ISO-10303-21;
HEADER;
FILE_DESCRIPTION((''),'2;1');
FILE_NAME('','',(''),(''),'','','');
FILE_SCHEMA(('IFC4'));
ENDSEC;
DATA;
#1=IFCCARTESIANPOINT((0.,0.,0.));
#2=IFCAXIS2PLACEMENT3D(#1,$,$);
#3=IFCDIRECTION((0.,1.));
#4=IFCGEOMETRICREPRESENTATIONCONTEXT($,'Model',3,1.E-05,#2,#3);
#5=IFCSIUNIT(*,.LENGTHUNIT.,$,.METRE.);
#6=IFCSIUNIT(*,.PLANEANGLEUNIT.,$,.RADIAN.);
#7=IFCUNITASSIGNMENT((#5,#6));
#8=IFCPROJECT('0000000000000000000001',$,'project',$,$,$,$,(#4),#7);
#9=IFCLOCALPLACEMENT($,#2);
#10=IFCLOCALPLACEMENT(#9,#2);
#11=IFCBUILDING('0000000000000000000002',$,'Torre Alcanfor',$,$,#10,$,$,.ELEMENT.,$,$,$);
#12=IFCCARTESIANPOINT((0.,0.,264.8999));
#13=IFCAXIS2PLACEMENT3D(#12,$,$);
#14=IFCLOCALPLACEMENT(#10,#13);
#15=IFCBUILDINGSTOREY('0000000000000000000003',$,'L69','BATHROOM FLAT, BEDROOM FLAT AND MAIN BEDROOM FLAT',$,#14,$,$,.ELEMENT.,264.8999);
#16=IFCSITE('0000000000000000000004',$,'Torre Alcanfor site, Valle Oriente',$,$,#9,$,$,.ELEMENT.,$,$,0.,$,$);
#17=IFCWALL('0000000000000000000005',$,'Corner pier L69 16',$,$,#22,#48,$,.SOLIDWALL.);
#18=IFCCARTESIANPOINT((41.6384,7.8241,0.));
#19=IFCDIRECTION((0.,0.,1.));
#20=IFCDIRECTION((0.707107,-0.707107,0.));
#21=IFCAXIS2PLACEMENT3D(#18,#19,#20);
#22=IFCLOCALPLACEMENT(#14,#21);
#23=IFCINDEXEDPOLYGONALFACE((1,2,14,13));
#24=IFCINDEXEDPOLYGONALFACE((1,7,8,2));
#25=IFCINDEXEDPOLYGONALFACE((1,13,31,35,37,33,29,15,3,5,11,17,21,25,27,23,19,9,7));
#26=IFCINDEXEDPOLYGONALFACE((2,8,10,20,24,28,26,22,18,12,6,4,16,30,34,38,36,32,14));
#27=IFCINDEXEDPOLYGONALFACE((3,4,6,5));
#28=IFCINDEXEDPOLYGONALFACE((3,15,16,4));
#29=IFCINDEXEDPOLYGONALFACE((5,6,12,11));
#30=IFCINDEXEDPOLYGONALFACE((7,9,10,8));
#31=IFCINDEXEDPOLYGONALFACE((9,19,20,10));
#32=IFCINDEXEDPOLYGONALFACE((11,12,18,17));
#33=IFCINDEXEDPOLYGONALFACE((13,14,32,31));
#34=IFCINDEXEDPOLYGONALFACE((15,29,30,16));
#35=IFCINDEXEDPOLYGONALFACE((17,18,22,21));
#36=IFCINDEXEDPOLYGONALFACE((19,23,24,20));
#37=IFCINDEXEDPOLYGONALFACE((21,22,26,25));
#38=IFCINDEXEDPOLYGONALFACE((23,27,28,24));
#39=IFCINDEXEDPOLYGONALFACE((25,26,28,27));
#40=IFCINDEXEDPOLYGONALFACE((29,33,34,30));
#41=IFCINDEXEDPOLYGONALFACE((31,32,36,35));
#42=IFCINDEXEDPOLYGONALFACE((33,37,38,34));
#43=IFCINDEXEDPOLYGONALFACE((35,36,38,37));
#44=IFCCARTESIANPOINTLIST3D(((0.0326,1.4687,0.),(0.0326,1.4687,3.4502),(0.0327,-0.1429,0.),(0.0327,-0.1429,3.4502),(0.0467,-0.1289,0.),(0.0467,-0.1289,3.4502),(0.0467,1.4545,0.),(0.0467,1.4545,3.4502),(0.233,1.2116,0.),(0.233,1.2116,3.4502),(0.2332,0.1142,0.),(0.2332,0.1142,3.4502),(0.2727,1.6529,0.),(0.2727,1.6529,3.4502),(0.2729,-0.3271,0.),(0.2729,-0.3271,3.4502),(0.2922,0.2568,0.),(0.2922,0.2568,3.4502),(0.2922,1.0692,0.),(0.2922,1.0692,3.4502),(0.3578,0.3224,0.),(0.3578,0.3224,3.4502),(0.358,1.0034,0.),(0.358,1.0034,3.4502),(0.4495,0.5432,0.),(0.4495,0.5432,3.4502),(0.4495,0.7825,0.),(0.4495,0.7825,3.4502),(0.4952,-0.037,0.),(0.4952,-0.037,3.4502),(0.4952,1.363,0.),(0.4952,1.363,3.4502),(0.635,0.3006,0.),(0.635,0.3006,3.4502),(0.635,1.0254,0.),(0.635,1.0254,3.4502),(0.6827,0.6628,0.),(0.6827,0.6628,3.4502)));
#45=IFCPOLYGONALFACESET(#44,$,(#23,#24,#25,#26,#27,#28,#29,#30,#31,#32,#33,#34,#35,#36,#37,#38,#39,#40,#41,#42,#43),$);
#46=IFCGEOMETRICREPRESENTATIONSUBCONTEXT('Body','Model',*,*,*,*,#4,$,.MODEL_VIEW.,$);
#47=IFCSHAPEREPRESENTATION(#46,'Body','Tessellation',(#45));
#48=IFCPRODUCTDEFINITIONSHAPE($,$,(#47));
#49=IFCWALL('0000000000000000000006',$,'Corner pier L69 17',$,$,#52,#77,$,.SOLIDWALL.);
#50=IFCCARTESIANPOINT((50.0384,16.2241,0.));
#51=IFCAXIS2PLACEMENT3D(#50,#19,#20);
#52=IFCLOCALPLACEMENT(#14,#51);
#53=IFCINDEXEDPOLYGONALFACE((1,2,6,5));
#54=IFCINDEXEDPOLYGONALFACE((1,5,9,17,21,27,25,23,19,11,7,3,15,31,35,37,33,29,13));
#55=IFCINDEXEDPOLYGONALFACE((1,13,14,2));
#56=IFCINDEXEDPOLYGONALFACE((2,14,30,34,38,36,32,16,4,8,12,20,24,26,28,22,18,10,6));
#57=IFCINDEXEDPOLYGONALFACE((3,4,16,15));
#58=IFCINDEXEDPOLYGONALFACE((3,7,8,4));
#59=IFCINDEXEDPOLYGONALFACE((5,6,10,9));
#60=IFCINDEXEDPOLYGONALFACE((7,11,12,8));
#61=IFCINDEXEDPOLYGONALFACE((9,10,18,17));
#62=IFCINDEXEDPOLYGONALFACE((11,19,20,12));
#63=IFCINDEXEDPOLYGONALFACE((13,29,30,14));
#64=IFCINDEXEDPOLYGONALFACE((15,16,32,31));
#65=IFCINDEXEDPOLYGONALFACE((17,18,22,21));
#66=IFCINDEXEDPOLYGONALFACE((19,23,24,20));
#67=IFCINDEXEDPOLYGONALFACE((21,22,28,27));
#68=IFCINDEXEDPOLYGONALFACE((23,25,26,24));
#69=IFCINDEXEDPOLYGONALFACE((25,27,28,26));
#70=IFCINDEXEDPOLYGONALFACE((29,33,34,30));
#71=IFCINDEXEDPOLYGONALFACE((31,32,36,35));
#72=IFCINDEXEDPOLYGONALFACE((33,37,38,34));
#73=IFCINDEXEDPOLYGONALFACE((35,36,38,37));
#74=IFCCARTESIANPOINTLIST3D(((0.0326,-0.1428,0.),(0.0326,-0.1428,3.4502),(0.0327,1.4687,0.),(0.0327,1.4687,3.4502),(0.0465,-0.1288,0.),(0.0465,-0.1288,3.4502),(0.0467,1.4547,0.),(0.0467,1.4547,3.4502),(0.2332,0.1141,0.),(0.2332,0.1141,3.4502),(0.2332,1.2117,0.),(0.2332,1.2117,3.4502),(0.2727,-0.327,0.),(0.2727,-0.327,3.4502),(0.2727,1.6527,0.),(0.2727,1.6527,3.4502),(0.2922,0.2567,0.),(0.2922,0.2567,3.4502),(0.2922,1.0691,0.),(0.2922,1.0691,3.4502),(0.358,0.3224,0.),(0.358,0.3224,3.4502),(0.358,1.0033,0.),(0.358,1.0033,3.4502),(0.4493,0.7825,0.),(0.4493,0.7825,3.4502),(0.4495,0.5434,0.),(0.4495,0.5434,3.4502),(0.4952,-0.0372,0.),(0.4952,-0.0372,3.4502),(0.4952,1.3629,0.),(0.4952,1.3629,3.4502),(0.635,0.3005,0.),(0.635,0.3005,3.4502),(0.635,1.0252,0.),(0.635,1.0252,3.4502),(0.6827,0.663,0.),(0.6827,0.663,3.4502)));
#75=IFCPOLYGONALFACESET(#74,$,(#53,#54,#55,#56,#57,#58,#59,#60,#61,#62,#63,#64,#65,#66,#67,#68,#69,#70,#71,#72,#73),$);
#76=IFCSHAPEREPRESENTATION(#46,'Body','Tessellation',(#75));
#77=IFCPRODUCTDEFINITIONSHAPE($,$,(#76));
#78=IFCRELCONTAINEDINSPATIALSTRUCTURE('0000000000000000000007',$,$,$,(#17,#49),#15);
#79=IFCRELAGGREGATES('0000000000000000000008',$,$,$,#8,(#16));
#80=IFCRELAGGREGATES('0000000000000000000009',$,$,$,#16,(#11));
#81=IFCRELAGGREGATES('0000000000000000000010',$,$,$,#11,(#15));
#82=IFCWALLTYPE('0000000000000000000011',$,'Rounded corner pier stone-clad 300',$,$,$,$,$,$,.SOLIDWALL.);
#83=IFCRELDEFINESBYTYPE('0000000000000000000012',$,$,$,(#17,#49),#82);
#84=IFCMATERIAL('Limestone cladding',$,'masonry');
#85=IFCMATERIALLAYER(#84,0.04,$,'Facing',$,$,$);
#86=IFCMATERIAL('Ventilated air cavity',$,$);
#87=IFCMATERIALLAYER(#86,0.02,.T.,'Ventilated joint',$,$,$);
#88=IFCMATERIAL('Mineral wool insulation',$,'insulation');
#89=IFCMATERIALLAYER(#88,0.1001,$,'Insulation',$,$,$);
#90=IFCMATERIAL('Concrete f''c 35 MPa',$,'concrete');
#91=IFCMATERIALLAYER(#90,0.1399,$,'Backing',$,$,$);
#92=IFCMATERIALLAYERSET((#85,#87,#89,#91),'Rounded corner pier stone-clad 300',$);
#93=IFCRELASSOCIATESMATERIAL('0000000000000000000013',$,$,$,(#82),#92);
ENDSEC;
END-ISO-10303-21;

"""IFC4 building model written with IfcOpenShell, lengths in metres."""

from ifc_helpers import new_model, si_unit, direction, frame, origin, place, context, subcontext, project, spatial, polyline, outline, extrude, material, layer, layer_set, type_object, element, save


model = new_model("IFC4")

# Units and contexts
model_context = context("Model", 3, precision=1e-05, world=origin(), true_north=direction((0.0, 1.0)))
body_context = subcontext(model_context, "Body", "Model", "MODEL_VIEW")
ifc_project = project(units=[si_unit("LENGTHUNIT", "METRE"), si_unit("PLANEANGLEUNIT", "RADIAN")], contexts=[model_context])

# Site, building, storey
site_placement = place(None, origin())
site = spatial("IfcSite", under=ifc_project, at=site_placement, Name="Torre Alcanfor site, Valle Oriente", CompositionType="ELEMENT", RefElevation=0.0)
building_placement = place(site_placement, origin())
building = spatial("IfcBuilding", under=site, at=building_placement, Name="Torre Alcanfor", CompositionType="ELEMENT")
storey_placement = place(building_placement, frame((0.0, 0.0, 264.8999)))
storey = spatial("IfcBuildingStorey", under=building, at=storey_placement, Name="L69", Description="BATHROOM FLAT, BEDROOM FLAT AND MAIN BEDROOM FLAT", CompositionType="ELEMENT", Elevation=264.8999)

# Shared definitions
ifc_material_1 = material(Name="Limestone cladding", Category="masonry")
ifc_material_2 = material(Name="Ventilated air cavity")
ifc_material_3 = material(Name="Mineral wool insulation", Category="insulation")
ifc_material_4 = material(Name="Concrete f'c 35 MPa", Category="concrete")

# Walls
ifc_layer_1 = layer(ifc_material_1, 0.04, Name="Facing")
ifc_layer_2 = layer(ifc_material_2, 0.02, ventilated=True, Name="Ventilated joint")
ifc_layer_3 = layer(ifc_material_3, 0.1001, Name="Insulation")
ifc_layer_4 = layer(ifc_material_4, 0.1399, Name="Backing")
ifc_layer_set_1 = layer_set([ifc_layer_1, ifc_layer_2, ifc_layer_3, ifc_layer_4], Name="Rounded corner pier stone-clad 300")
wall_type_1 = type_object("IfcWallType", Name="Rounded corner pier stone-clad 300", PredefinedType="SOLIDWALL", material=ifc_layer_set_1)
wall_1_placement = place(storey_placement, frame((41.6384, 7.8241, 0.0), z_axis=(0.0, 0.0, 1.0), x_axis=(0.707107, -0.707107, 0.0)))
element("IfcWall", 1, at=wall_1_placement, inside=storey, type_object=wall_type_1, Name="Corner pier L69 16", PredefinedType="SOLIDWALL", context=body_context, shape_type="SweptSolid", body=[
    extrude(outline(polyline([(0.0326, 1.4687), (0.0467, 1.4545), (0.233, 1.2116), (0.2922, 1.0692), (0.358, 1.0034), (0.4495, 0.7825), (0.4495, 0.5432), (0.3578, 0.3224), (0.2922, 0.2568), (0.2332, 0.1142), (0.0467, -0.1289), (0.0327, -0.1429), (0.2729, -0.3271), (0.4952, -0.037), (0.635, 0.3006), (0.6827, 0.6628), (0.635, 1.0254), (0.4952, 1.363), (0.2727, 1.6529), (0.0326, 1.4687)])), origin(), (0.0, 0.0, 1.0), 3.4502),
])
wall_2_placement = place(storey_placement, frame((50.0384, 16.2241, 0.0), z_axis=(0.0, 0.0, 1.0), x_axis=(0.707107, -0.707107, 0.0)))
element("IfcWall", 2, at=wall_2_placement, inside=storey, type_object=wall_type_1, Name="Corner pier L69 17", PredefinedType="SOLIDWALL", context=body_context, shape_type="SweptSolid", body=[
    extrude(outline(polyline([(0.0467, 1.4547), (0.2332, 1.2117), (0.2922, 1.0691), (0.358, 1.0033), (0.4493, 0.7825), (0.4495, 0.5434), (0.358, 0.3224), (0.2922, 0.2567), (0.2332, 0.1141), (0.0465, -0.1288), (0.0326, -0.1428), (0.2727, -0.327), (0.4952, -0.0372), (0.635, 0.3005), (0.6827, 0.663), (0.635, 1.0252), (0.4952, 1.3629), (0.2727, 1.6527), (0.0327, 1.4687), (0.0467, 1.4547)])), origin(), (0.0, 0.0, 1.0), 3.4502),
])

save(model, "model.ifc")
